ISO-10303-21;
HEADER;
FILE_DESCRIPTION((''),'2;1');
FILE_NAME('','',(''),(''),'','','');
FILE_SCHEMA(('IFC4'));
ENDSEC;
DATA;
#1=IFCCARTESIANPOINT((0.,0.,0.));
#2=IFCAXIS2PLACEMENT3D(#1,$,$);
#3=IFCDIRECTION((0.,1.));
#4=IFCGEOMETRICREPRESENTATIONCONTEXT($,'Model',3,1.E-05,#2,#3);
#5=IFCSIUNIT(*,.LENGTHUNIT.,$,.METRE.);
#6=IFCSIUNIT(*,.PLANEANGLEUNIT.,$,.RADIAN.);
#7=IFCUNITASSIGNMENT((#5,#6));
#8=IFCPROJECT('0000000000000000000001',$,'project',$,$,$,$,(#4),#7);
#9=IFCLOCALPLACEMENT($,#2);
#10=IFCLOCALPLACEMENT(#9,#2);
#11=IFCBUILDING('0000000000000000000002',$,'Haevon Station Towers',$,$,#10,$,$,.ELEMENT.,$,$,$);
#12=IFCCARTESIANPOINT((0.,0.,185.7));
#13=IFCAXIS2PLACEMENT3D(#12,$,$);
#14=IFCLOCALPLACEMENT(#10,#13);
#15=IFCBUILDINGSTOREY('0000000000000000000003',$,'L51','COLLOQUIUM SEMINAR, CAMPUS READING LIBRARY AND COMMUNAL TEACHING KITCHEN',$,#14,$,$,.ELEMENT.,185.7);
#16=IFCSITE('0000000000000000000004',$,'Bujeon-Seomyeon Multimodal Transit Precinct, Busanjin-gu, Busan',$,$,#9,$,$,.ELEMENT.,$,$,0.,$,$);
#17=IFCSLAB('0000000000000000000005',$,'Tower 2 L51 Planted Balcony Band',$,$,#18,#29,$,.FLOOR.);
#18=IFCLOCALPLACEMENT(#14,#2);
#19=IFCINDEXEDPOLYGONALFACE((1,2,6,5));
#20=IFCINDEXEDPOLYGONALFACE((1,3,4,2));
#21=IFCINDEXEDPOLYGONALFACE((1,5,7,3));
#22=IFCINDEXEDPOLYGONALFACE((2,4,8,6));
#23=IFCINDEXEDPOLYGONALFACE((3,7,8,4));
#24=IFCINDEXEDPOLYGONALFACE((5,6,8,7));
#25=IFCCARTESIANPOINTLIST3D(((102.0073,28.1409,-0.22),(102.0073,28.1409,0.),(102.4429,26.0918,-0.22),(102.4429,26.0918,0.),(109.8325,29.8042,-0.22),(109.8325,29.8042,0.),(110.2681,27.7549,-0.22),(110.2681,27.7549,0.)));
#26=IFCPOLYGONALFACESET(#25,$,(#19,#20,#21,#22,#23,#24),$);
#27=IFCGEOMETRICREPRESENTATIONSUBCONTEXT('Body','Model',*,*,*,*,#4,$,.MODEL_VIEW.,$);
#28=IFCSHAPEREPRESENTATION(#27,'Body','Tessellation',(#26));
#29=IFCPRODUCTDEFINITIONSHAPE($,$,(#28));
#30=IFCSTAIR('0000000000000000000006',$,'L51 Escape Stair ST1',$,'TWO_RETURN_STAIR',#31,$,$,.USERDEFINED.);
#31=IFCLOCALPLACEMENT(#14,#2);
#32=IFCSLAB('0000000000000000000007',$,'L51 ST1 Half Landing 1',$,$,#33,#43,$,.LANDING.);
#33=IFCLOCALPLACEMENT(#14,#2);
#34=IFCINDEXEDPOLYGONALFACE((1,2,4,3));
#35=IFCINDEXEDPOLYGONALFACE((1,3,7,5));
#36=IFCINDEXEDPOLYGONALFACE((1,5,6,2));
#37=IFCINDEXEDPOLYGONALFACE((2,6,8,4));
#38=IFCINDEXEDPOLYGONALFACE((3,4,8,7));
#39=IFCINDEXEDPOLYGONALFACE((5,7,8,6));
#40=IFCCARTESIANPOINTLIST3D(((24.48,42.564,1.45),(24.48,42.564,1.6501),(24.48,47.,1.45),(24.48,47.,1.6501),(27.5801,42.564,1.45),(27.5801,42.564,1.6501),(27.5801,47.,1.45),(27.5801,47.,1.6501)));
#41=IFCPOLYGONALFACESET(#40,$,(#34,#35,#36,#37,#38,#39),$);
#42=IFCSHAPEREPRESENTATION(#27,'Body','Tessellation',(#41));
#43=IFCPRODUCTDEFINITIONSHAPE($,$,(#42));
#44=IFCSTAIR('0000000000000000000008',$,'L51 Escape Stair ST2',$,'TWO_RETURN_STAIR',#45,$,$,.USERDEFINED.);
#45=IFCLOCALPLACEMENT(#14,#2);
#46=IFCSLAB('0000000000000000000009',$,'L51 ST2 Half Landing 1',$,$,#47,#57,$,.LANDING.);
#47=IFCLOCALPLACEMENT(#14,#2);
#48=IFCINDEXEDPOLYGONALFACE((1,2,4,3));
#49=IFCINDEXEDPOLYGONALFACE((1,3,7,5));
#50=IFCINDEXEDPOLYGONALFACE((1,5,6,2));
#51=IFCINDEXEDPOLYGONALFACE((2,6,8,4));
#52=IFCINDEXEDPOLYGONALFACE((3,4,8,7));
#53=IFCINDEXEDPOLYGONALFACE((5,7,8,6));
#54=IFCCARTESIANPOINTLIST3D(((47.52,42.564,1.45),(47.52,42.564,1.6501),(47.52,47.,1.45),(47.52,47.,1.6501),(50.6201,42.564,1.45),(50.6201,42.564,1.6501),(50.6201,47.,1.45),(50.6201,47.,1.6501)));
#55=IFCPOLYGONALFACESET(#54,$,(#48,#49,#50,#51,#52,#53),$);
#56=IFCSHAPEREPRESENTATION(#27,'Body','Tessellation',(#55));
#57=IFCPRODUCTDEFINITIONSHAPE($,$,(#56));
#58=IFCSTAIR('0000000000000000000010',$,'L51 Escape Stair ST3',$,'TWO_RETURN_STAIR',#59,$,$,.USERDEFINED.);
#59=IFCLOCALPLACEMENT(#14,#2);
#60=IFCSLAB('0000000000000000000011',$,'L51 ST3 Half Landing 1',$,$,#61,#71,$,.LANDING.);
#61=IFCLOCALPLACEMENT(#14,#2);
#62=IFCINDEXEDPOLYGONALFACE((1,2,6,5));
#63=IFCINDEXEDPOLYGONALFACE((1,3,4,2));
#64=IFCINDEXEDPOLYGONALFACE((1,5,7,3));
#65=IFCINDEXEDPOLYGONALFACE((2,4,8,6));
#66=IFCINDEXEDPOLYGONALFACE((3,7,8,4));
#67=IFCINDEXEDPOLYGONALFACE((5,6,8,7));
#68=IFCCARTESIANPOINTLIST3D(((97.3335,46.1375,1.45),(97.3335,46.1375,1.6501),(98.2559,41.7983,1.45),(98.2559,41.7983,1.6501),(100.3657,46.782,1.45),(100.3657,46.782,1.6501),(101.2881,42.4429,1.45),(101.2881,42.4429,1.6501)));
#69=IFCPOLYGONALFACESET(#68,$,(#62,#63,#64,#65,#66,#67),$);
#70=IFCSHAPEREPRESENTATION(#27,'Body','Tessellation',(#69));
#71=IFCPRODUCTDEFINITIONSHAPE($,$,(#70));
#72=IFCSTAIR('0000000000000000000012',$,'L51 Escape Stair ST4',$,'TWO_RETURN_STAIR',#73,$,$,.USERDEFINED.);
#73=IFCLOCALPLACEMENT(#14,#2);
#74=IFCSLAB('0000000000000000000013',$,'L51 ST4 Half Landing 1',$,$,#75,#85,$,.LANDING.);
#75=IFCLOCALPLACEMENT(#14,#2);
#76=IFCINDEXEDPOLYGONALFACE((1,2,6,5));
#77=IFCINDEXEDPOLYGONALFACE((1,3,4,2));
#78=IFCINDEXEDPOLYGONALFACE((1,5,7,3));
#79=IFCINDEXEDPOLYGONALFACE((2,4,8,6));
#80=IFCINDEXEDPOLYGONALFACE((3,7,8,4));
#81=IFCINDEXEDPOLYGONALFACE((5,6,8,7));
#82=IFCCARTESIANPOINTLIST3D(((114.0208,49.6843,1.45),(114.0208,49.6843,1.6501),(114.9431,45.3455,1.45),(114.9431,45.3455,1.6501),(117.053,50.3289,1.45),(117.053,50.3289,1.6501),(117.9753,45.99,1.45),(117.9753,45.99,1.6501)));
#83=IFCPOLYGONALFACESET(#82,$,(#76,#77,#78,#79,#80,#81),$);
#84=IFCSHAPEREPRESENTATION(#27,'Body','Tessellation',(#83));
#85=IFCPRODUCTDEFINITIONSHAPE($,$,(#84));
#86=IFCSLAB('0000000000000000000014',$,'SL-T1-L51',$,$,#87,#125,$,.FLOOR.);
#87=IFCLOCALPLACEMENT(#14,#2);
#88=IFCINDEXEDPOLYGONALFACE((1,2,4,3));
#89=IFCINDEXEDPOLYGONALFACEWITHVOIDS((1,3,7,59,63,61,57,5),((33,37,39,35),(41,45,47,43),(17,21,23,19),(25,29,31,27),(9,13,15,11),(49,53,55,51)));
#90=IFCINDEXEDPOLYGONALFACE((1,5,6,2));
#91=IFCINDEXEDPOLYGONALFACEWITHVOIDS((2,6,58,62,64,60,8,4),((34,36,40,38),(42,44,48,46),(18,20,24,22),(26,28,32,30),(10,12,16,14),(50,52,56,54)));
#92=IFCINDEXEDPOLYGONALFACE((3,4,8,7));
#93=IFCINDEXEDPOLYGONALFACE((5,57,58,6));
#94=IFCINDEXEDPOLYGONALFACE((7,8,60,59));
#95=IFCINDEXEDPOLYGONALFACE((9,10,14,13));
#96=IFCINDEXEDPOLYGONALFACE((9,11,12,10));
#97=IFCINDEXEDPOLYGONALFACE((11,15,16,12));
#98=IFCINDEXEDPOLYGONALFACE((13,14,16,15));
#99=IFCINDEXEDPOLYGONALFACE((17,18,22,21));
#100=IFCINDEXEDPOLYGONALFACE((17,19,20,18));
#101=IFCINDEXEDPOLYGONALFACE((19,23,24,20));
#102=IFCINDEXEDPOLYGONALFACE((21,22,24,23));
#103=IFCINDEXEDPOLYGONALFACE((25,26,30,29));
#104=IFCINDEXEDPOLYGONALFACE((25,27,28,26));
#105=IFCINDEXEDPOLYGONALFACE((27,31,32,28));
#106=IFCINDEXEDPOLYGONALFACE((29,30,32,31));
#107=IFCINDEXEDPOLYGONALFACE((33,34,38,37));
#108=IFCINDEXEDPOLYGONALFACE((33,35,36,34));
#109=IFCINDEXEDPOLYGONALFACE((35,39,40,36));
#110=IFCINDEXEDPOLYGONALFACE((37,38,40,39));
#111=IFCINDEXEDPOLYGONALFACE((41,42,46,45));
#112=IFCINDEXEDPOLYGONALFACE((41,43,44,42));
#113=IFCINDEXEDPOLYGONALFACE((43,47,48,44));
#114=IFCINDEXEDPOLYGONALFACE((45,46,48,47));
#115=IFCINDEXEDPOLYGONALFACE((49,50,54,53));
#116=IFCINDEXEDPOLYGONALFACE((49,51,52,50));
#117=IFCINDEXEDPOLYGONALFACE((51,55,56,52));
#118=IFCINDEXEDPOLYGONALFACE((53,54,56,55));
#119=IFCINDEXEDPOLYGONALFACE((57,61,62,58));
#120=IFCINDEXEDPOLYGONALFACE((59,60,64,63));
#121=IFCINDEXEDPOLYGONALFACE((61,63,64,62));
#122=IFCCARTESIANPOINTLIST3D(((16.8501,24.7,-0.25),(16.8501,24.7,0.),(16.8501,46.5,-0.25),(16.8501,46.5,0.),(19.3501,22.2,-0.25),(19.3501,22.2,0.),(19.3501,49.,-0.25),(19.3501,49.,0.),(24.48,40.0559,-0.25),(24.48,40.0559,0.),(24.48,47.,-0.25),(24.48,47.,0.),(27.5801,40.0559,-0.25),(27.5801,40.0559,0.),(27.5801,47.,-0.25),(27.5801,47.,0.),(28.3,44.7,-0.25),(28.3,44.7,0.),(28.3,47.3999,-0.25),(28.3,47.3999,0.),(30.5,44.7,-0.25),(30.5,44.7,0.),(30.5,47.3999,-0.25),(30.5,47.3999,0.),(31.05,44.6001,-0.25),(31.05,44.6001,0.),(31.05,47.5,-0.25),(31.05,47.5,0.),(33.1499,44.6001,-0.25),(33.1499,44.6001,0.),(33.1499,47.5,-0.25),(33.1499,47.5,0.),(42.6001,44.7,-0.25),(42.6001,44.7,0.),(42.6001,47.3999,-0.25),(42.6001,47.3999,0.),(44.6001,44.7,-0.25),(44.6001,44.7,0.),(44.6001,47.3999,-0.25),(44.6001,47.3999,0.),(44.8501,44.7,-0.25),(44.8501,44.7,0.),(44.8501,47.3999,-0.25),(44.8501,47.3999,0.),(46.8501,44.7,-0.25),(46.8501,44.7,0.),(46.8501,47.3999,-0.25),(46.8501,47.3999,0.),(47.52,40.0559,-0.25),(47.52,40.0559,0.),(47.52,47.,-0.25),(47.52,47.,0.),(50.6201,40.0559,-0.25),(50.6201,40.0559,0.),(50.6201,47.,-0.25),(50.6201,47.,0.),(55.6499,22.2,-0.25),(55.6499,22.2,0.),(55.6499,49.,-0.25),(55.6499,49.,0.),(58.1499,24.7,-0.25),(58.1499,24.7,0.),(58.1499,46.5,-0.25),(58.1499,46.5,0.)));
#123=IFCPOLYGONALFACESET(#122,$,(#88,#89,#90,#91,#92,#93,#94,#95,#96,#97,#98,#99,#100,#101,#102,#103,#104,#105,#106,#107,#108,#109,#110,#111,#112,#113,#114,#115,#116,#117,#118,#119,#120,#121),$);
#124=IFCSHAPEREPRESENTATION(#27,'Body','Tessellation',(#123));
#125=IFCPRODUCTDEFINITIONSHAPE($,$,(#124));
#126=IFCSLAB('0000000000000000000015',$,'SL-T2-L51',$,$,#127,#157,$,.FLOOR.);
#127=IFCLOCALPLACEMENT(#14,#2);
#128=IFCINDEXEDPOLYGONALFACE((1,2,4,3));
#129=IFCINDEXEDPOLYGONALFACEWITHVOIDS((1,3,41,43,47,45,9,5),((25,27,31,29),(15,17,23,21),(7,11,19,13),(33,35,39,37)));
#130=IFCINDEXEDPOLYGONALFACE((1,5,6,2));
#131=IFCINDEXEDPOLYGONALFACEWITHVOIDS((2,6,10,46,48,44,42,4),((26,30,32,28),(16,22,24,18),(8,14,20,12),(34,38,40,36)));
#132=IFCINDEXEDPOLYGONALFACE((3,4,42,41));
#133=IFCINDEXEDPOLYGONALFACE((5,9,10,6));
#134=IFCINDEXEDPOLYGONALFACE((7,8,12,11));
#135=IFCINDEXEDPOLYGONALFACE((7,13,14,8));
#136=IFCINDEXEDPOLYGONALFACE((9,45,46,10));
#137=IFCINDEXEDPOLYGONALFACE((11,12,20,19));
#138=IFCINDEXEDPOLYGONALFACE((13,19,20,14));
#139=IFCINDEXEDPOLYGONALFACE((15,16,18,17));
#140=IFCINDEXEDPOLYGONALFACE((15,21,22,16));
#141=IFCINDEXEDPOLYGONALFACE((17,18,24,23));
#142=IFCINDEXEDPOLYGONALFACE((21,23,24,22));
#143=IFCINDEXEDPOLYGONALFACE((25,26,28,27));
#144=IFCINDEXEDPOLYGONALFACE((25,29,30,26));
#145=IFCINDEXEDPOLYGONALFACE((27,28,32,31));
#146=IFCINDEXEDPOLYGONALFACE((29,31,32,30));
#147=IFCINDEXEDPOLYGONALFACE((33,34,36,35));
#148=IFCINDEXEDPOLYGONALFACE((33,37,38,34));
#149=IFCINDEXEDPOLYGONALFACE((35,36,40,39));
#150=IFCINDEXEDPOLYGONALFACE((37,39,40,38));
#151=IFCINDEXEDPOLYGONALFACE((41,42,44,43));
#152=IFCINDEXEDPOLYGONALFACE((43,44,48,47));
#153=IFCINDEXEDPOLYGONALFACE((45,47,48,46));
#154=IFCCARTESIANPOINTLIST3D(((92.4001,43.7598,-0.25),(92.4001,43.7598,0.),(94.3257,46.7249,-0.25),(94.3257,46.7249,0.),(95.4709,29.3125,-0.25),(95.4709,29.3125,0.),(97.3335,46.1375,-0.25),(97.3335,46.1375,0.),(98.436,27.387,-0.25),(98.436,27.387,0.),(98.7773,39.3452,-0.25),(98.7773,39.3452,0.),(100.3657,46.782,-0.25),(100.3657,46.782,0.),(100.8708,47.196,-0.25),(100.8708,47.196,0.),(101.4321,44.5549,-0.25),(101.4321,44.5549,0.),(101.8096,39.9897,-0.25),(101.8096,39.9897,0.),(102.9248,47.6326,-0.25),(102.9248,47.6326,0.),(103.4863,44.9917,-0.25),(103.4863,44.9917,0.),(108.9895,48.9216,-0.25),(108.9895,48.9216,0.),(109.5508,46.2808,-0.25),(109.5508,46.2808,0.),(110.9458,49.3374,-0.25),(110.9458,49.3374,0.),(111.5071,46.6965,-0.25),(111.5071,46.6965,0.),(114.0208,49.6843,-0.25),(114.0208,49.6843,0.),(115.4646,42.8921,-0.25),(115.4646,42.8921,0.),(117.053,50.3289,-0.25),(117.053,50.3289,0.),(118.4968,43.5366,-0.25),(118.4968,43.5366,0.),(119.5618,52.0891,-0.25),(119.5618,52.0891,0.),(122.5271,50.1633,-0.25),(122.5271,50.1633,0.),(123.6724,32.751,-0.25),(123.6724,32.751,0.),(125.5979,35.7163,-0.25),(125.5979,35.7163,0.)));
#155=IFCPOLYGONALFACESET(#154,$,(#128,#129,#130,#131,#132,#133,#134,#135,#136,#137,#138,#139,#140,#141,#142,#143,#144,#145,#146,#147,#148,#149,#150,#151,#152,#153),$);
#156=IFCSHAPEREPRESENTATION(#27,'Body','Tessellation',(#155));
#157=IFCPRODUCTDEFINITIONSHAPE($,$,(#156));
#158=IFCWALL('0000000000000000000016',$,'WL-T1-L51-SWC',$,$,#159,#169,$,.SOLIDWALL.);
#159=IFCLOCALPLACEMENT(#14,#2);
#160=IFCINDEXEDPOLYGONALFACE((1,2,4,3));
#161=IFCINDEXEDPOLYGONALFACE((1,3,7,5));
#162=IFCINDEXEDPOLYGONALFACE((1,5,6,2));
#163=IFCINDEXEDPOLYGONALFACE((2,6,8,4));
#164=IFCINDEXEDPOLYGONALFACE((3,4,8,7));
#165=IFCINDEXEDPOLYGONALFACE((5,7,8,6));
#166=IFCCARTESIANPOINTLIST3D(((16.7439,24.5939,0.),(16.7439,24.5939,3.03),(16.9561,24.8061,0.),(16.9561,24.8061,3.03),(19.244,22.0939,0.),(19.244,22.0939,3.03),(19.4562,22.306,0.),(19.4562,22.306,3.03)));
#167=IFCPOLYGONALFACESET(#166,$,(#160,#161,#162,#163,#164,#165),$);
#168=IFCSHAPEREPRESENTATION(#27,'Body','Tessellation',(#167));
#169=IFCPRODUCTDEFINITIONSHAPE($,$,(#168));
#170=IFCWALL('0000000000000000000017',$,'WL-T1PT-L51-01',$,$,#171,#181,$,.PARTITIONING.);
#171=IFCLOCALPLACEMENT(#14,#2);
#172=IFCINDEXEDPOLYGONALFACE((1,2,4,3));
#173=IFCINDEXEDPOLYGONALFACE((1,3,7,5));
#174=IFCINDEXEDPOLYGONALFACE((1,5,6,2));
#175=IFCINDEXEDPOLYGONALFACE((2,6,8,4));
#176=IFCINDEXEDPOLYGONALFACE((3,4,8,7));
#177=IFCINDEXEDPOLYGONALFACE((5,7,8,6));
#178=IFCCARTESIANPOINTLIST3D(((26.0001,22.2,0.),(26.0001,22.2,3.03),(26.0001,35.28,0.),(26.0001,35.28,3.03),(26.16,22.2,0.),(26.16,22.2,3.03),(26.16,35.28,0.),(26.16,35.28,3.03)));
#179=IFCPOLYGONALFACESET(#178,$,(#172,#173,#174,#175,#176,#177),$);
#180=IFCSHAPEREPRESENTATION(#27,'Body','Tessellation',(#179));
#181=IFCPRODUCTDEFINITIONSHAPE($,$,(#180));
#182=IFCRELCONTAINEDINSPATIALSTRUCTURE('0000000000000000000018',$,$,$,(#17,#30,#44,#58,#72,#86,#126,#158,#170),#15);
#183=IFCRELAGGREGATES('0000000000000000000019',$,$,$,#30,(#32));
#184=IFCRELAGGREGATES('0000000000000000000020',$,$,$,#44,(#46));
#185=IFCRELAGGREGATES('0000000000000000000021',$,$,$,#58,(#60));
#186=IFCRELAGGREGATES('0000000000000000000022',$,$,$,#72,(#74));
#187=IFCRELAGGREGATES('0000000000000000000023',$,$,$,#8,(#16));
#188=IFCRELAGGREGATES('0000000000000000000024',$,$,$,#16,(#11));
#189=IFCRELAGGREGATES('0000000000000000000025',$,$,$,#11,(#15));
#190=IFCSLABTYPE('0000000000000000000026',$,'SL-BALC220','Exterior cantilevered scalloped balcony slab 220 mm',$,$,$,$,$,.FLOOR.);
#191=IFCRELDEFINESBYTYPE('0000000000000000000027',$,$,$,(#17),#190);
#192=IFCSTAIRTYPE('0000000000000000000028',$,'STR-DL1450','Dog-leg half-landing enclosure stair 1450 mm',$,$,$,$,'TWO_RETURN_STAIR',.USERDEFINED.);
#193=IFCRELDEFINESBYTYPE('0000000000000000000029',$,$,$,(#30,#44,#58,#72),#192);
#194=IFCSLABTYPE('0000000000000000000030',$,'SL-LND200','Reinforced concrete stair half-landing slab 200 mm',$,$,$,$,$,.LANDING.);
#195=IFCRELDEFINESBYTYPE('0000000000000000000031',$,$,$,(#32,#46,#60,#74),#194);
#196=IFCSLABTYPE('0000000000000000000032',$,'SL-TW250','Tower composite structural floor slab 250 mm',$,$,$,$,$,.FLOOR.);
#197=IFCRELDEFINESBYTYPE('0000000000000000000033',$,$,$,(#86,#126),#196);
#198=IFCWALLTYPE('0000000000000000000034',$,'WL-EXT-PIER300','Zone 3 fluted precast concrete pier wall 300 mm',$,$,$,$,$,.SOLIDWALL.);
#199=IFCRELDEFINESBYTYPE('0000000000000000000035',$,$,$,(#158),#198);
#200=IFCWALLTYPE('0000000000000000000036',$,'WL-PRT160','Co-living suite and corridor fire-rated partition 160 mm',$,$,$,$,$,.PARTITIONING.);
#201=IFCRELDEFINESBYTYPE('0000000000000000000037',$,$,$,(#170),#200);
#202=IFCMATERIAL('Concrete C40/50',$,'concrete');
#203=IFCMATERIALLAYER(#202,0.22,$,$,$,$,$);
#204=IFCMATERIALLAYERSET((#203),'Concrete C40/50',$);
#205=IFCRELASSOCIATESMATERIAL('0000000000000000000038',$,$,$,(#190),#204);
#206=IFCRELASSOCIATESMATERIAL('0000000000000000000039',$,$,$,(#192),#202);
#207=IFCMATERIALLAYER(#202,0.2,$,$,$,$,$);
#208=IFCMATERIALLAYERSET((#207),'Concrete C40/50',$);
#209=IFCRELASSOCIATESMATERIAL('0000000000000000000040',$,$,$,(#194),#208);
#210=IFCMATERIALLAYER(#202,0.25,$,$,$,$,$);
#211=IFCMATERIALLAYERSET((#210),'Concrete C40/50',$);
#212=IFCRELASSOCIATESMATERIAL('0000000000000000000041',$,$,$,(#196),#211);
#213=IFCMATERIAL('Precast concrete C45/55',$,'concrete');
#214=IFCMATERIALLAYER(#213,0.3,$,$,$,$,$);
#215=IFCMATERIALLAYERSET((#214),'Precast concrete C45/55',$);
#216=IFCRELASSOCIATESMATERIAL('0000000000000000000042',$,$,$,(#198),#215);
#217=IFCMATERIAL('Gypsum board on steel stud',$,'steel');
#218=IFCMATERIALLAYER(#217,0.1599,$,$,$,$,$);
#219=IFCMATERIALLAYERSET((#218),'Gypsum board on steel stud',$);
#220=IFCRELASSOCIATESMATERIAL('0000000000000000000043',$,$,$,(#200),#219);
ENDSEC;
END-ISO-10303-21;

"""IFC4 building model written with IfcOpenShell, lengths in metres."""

from ifc_helpers import new_model, si_unit, direction, frame, frame_2d, origin, place, context, subcontext, project, spatial, polyline, rectangle, outline, extrude, material, layer, layer_set, type_object, element, aggregate, save


model = new_model("IFC4")

# Units and contexts
model_context = context("Model", 3, precision=1e-05, world=origin(), true_north=direction((0.0, 1.0)))
body_context = subcontext(model_context, "Body", "Model", "MODEL_VIEW")
ifc_project = project(units=[si_unit("LENGTHUNIT", "METRE"), si_unit("PLANEANGLEUNIT", "RADIAN")], contexts=[model_context])

# Site, building, storey
site_placement = place(None, origin())
site = spatial("IfcSite", under=ifc_project, at=site_placement, Name="Bujeon-Seomyeon Multimodal Transit Precinct, Busanjin-gu, Busan", CompositionType="ELEMENT", RefElevation=0.0)
building_placement = place(site_placement, origin())
building = spatial("IfcBuilding", under=site, at=building_placement, Name="Haevon Station Towers", CompositionType="ELEMENT")
storey_placement = place(building_placement, frame((0.0, 0.0, 185.7)))
storey = spatial("IfcBuildingStorey", under=building, at=storey_placement, Name="L51", Description="COLLOQUIUM SEMINAR, CAMPUS READING LIBRARY AND COMMUNAL TEACHING KITCHEN", CompositionType="ELEMENT", Elevation=185.7)

# Slab
ifc_material_1 = material(Name="Concrete C40/50", Category="concrete")
ifc_layer_1 = layer(ifc_material_1, 0.22)
ifc_layer_set_1 = layer_set([ifc_layer_1], Name="Concrete C40/50")
slab_type_1 = type_object("IfcSlabType", Name="SL-BALC220", Description="Exterior cantilevered scalloped balcony slab 220 mm", PredefinedType="FLOOR", material=ifc_layer_set_1)
slab_1_placement = place(storey_placement, frame((0.0, 0.0, -0.22)))
element("IfcSlab", 1, at=slab_1_placement, inside=storey, type_object=slab_type_1, Name="Tower 2 L51 Planted Balcony Band", PredefinedType="FLOOR", context=body_context, shape_type="SweptSolid", body=[
    extrude(outline(polyline([(102.4429, 26.0918), (110.2681, 27.7549), (109.8325, 29.8042), (102.0073, 28.1409), (102.4429, 26.0918)])), origin(), (0.0, 0.0, 1.0), 0.22),
])

# Stairs, slabs
stair_type = type_object("IfcStairType", Name="STR-DL1450", Description="Dog-leg half-landing enclosure stair 1450 mm", ElementType="TWO_RETURN_STAIR", PredefinedType="USERDEFINED", material=ifc_material_1)
stair_1_placement = place(storey_placement, origin())
stair_1 = element("IfcStair", 2, at=stair_1_placement, inside=storey, type_object=stair_type, Name="L51 Escape Stair ST1", ObjectType="TWO_RETURN_STAIR", PredefinedType="USERDEFINED")
ifc_layer_2 = layer(ifc_material_1, 0.2)
ifc_layer_set_2 = layer_set([ifc_layer_2], Name="Concrete C40/50")
slab_type_2 = type_object("IfcSlabType", Name="SL-LND200", Description="Reinforced concrete stair half-landing slab 200 mm", PredefinedType="LANDING", material=ifc_layer_set_2)
slab_2_placement = place(storey_placement, frame((0.0, 0.0, 1.45)))
slab_2 = element("IfcSlab", 3, at=slab_2_placement, type_object=slab_type_2, Name="L51 ST1 Half Landing 1", PredefinedType="LANDING", context=body_context, shape_type="SweptSolid", body=[
    extrude(outline(polyline([(27.5801, 42.564), (27.5801, 47.0), (24.48, 47.0), (24.48, 42.564), (27.5801, 42.564)])), origin(), (0.0, 0.0, 1.0), 0.2002),
])
aggregate(stair_1, [slab_2])
stair_2_placement = place(storey_placement, origin())
stair_2 = element("IfcStair", 4, at=stair_2_placement, inside=storey, type_object=stair_type, Name="L51 Escape Stair ST2", ObjectType="TWO_RETURN_STAIR", PredefinedType="USERDEFINED")
slab_3_placement = place(storey_placement, frame((0.0, 0.0, 1.45)))
slab_3 = element("IfcSlab", 5, at=slab_3_placement, type_object=slab_type_2, Name="L51 ST2 Half Landing 1", PredefinedType="LANDING", context=body_context, shape_type="SweptSolid", body=[
    extrude(outline(polyline([(50.6201, 42.564), (50.6201, 47.0), (47.52, 47.0), (47.52, 42.564), (50.6201, 42.564)])), origin(), (0.0, 0.0, 1.0), 0.2002),
])
aggregate(stair_2, [slab_3])
stair_3_placement = place(storey_placement, origin())
stair_3 = element("IfcStair", 6, at=stair_3_placement, inside=storey, type_object=stair_type, Name="L51 Escape Stair ST3", ObjectType="TWO_RETURN_STAIR", PredefinedType="USERDEFINED")
slab_4_placement = place(storey_placement, frame((0.0, 0.0, 1.45)))
slab_4 = element("IfcSlab", 7, at=slab_4_placement, type_object=slab_type_2, Name="L51 ST3 Half Landing 1", PredefinedType="LANDING", context=body_context, shape_type="SweptSolid", body=[
    extrude(outline(polyline([(101.2881, 42.4429), (100.3657, 46.782), (97.3335, 46.1375), (98.2559, 41.7983), (101.2881, 42.4429)])), origin(), (0.0, 0.0, 1.0), 0.2002),
])
aggregate(stair_3, [slab_4])
stair_4_placement = place(storey_placement, origin())
stair_4 = element("IfcStair", 8, at=stair_4_placement, inside=storey, type_object=stair_type, Name="L51 Escape Stair ST4", ObjectType="TWO_RETURN_STAIR", PredefinedType="USERDEFINED")
slab_5_placement = place(storey_placement, frame((0.0, 0.0, 1.45)))
slab_5 = element("IfcSlab", 9, at=slab_5_placement, type_object=slab_type_2, Name="L51 ST4 Half Landing 1", PredefinedType="LANDING", context=body_context, shape_type="SweptSolid", body=[
    extrude(outline(polyline([(117.9753, 45.99), (117.053, 50.3289), (114.0208, 49.6843), (114.9431, 45.3455), (117.9753, 45.99)])), origin(), (0.0, 0.0, 1.0), 0.2002),
])
aggregate(stair_4, [slab_5])

# Slabs
ifc_layer_3 = layer(ifc_material_1, 0.25)
ifc_layer_set_3 = layer_set([ifc_layer_3], Name="Concrete C40/50")
slab_type_3 = type_object("IfcSlabType", Name="SL-TW250", Description="Tower composite structural floor slab 250 mm", PredefinedType="FLOOR", material=ifc_layer_set_3)
slab_6_placement = place(storey_placement, frame((0.0, 0.0, -0.25)))
element("IfcSlab", 10, at=slab_6_placement, inside=storey, type_object=slab_type_3, Name="SL-T1-L51", PredefinedType="FLOOR", context=body_context, shape_type="SweptSolid", body=[
    extrude(outline(polyline([(19.3501, 22.2), (55.6499, 22.2), (58.1499, 24.7), (58.1499, 46.5), (55.6499, 49.0), (19.3501, 49.0), (16.8501, 46.5), (16.8501, 24.7), (19.3501, 22.2)]), holes=[polyline([(27.5801, 40.0559), (27.5801, 47.0), (24.48, 47.0), (24.48, 40.0559), (27.5801, 40.0559)]), polyline([(50.6201, 40.0559), (50.6201, 47.0), (47.52, 47.0), (47.52, 40.0559), (50.6201, 40.0559)]), polyline([(28.3, 44.7), (30.5, 44.7), (30.5, 47.3999), (28.3, 47.3999), (28.3, 44.7)]), polyline([(31.05, 44.6001), (33.1499, 44.6001), (33.1499, 47.5), (31.05, 47.5), (31.05, 44.6001)]), polyline([(42.6001, 44.7), (44.6001, 44.7), (44.6001, 47.3999), (42.6001, 47.3999), (42.6001, 44.7)]), polyline([(44.8501, 44.7), (46.8501, 44.7), (46.8501, 47.3999), (44.8501, 47.3999), (44.8501, 44.7)])]), origin(), (0.0, 0.0, 1.0), 0.25),
])
slab_7_placement = place(storey_placement, frame((0.0, 0.0, -0.25)))
element("IfcSlab", 11, at=slab_7_placement, inside=storey, type_object=slab_type_3, Name="SL-T2-L51", PredefinedType="FLOOR", context=body_context, shape_type="SweptSolid", body=[
    extrude(outline(polyline([(98.436, 27.387), (123.6724, 32.751), (125.5979, 35.7163), (122.5271, 50.1633), (119.5618, 52.0891), (94.3257, 46.7249), (92.4001, 43.7598), (95.4709, 29.3125), (98.436, 27.387)]), holes=[polyline([(101.8096, 39.9897), (100.3657, 46.782), (97.3335, 46.1375), (98.7773, 39.3452), (101.8096, 39.9897)]), polyline([(118.4968, 43.5366), (117.053, 50.3289), (114.0208, 49.6843), (115.4646, 42.8921), (118.4968, 43.5366)]), polyline([(101.4321, 44.5549), (103.4863, 44.9917), (102.9248, 47.6326), (100.8708, 47.196), (101.4321, 44.5549)]), polyline([(109.5508, 46.2808), (111.5071, 46.6965), (110.9458, 49.3374), (108.9895, 48.9216), (109.5508, 46.2808)])]), origin(), (0.0, 0.0, 1.0), 0.25),
])

# Walls
ifc_material_2 = material(Name="Precast concrete C45/55", Category="concrete")
ifc_layer_4 = layer(ifc_material_2, 0.3)
ifc_layer_set_4 = layer_set([ifc_layer_4], Name="Precast concrete C45/55")
wall_type_1 = type_object("IfcWallType", Name="WL-EXT-PIER300", Description="Zone 3 fluted precast concrete pier wall 300 mm", PredefinedType="SOLIDWALL", material=ifc_layer_set_4)
wall_1_placement = place(storey_placement, frame((19.3501, 22.2, 0.0), z_axis=(0.0, 0.0, 1.0), x_axis=(-0.707107, 0.707107, 0.0)))
element("IfcWall", 12, at=wall_1_placement, inside=storey, type_object=wall_type_1, Name="WL-T1-L51-SWC", PredefinedType="SOLIDWALL", context=body_context, shape_type="SweptSolid", body=[
    extrude(rectangle(XDim=3.5356, YDim=0.3, at=frame_2d((1.7678, 0.0))), origin(), (0.0, 0.0, 1.0), 3.03),
])
ifc_material_3 = material(Name="Gypsum board on steel stud", Category="steel")
ifc_layer_5 = layer(ifc_material_3, 0.1599)
ifc_layer_set_5 = layer_set([ifc_layer_5], Name="Gypsum board on steel stud")
wall_type_2 = type_object("IfcWallType", Name="WL-PRT160", Description="Co-living suite and corridor fire-rated partition 160 mm", PredefinedType="PARTITIONING", material=ifc_layer_set_5)
wall_2_placement = place(storey_placement, frame((26.0801, 22.2, 0.0), z_axis=(0.0, 0.0, 1.0), x_axis=(0.0, 1.0, 0.0)))
element("IfcWall", 13, at=wall_2_placement, inside=storey, type_object=wall_type_2, Name="WL-T1PT-L51-01", PredefinedType="PARTITIONING", context=body_context, shape_type="SweptSolid", body=[
    extrude(rectangle(XDim=13.0801, YDim=0.1599, at=frame_2d((6.54, 0.0))), origin(), (0.0, 0.0, 1.0), 3.03),
])

save(model, "model.ifc")
